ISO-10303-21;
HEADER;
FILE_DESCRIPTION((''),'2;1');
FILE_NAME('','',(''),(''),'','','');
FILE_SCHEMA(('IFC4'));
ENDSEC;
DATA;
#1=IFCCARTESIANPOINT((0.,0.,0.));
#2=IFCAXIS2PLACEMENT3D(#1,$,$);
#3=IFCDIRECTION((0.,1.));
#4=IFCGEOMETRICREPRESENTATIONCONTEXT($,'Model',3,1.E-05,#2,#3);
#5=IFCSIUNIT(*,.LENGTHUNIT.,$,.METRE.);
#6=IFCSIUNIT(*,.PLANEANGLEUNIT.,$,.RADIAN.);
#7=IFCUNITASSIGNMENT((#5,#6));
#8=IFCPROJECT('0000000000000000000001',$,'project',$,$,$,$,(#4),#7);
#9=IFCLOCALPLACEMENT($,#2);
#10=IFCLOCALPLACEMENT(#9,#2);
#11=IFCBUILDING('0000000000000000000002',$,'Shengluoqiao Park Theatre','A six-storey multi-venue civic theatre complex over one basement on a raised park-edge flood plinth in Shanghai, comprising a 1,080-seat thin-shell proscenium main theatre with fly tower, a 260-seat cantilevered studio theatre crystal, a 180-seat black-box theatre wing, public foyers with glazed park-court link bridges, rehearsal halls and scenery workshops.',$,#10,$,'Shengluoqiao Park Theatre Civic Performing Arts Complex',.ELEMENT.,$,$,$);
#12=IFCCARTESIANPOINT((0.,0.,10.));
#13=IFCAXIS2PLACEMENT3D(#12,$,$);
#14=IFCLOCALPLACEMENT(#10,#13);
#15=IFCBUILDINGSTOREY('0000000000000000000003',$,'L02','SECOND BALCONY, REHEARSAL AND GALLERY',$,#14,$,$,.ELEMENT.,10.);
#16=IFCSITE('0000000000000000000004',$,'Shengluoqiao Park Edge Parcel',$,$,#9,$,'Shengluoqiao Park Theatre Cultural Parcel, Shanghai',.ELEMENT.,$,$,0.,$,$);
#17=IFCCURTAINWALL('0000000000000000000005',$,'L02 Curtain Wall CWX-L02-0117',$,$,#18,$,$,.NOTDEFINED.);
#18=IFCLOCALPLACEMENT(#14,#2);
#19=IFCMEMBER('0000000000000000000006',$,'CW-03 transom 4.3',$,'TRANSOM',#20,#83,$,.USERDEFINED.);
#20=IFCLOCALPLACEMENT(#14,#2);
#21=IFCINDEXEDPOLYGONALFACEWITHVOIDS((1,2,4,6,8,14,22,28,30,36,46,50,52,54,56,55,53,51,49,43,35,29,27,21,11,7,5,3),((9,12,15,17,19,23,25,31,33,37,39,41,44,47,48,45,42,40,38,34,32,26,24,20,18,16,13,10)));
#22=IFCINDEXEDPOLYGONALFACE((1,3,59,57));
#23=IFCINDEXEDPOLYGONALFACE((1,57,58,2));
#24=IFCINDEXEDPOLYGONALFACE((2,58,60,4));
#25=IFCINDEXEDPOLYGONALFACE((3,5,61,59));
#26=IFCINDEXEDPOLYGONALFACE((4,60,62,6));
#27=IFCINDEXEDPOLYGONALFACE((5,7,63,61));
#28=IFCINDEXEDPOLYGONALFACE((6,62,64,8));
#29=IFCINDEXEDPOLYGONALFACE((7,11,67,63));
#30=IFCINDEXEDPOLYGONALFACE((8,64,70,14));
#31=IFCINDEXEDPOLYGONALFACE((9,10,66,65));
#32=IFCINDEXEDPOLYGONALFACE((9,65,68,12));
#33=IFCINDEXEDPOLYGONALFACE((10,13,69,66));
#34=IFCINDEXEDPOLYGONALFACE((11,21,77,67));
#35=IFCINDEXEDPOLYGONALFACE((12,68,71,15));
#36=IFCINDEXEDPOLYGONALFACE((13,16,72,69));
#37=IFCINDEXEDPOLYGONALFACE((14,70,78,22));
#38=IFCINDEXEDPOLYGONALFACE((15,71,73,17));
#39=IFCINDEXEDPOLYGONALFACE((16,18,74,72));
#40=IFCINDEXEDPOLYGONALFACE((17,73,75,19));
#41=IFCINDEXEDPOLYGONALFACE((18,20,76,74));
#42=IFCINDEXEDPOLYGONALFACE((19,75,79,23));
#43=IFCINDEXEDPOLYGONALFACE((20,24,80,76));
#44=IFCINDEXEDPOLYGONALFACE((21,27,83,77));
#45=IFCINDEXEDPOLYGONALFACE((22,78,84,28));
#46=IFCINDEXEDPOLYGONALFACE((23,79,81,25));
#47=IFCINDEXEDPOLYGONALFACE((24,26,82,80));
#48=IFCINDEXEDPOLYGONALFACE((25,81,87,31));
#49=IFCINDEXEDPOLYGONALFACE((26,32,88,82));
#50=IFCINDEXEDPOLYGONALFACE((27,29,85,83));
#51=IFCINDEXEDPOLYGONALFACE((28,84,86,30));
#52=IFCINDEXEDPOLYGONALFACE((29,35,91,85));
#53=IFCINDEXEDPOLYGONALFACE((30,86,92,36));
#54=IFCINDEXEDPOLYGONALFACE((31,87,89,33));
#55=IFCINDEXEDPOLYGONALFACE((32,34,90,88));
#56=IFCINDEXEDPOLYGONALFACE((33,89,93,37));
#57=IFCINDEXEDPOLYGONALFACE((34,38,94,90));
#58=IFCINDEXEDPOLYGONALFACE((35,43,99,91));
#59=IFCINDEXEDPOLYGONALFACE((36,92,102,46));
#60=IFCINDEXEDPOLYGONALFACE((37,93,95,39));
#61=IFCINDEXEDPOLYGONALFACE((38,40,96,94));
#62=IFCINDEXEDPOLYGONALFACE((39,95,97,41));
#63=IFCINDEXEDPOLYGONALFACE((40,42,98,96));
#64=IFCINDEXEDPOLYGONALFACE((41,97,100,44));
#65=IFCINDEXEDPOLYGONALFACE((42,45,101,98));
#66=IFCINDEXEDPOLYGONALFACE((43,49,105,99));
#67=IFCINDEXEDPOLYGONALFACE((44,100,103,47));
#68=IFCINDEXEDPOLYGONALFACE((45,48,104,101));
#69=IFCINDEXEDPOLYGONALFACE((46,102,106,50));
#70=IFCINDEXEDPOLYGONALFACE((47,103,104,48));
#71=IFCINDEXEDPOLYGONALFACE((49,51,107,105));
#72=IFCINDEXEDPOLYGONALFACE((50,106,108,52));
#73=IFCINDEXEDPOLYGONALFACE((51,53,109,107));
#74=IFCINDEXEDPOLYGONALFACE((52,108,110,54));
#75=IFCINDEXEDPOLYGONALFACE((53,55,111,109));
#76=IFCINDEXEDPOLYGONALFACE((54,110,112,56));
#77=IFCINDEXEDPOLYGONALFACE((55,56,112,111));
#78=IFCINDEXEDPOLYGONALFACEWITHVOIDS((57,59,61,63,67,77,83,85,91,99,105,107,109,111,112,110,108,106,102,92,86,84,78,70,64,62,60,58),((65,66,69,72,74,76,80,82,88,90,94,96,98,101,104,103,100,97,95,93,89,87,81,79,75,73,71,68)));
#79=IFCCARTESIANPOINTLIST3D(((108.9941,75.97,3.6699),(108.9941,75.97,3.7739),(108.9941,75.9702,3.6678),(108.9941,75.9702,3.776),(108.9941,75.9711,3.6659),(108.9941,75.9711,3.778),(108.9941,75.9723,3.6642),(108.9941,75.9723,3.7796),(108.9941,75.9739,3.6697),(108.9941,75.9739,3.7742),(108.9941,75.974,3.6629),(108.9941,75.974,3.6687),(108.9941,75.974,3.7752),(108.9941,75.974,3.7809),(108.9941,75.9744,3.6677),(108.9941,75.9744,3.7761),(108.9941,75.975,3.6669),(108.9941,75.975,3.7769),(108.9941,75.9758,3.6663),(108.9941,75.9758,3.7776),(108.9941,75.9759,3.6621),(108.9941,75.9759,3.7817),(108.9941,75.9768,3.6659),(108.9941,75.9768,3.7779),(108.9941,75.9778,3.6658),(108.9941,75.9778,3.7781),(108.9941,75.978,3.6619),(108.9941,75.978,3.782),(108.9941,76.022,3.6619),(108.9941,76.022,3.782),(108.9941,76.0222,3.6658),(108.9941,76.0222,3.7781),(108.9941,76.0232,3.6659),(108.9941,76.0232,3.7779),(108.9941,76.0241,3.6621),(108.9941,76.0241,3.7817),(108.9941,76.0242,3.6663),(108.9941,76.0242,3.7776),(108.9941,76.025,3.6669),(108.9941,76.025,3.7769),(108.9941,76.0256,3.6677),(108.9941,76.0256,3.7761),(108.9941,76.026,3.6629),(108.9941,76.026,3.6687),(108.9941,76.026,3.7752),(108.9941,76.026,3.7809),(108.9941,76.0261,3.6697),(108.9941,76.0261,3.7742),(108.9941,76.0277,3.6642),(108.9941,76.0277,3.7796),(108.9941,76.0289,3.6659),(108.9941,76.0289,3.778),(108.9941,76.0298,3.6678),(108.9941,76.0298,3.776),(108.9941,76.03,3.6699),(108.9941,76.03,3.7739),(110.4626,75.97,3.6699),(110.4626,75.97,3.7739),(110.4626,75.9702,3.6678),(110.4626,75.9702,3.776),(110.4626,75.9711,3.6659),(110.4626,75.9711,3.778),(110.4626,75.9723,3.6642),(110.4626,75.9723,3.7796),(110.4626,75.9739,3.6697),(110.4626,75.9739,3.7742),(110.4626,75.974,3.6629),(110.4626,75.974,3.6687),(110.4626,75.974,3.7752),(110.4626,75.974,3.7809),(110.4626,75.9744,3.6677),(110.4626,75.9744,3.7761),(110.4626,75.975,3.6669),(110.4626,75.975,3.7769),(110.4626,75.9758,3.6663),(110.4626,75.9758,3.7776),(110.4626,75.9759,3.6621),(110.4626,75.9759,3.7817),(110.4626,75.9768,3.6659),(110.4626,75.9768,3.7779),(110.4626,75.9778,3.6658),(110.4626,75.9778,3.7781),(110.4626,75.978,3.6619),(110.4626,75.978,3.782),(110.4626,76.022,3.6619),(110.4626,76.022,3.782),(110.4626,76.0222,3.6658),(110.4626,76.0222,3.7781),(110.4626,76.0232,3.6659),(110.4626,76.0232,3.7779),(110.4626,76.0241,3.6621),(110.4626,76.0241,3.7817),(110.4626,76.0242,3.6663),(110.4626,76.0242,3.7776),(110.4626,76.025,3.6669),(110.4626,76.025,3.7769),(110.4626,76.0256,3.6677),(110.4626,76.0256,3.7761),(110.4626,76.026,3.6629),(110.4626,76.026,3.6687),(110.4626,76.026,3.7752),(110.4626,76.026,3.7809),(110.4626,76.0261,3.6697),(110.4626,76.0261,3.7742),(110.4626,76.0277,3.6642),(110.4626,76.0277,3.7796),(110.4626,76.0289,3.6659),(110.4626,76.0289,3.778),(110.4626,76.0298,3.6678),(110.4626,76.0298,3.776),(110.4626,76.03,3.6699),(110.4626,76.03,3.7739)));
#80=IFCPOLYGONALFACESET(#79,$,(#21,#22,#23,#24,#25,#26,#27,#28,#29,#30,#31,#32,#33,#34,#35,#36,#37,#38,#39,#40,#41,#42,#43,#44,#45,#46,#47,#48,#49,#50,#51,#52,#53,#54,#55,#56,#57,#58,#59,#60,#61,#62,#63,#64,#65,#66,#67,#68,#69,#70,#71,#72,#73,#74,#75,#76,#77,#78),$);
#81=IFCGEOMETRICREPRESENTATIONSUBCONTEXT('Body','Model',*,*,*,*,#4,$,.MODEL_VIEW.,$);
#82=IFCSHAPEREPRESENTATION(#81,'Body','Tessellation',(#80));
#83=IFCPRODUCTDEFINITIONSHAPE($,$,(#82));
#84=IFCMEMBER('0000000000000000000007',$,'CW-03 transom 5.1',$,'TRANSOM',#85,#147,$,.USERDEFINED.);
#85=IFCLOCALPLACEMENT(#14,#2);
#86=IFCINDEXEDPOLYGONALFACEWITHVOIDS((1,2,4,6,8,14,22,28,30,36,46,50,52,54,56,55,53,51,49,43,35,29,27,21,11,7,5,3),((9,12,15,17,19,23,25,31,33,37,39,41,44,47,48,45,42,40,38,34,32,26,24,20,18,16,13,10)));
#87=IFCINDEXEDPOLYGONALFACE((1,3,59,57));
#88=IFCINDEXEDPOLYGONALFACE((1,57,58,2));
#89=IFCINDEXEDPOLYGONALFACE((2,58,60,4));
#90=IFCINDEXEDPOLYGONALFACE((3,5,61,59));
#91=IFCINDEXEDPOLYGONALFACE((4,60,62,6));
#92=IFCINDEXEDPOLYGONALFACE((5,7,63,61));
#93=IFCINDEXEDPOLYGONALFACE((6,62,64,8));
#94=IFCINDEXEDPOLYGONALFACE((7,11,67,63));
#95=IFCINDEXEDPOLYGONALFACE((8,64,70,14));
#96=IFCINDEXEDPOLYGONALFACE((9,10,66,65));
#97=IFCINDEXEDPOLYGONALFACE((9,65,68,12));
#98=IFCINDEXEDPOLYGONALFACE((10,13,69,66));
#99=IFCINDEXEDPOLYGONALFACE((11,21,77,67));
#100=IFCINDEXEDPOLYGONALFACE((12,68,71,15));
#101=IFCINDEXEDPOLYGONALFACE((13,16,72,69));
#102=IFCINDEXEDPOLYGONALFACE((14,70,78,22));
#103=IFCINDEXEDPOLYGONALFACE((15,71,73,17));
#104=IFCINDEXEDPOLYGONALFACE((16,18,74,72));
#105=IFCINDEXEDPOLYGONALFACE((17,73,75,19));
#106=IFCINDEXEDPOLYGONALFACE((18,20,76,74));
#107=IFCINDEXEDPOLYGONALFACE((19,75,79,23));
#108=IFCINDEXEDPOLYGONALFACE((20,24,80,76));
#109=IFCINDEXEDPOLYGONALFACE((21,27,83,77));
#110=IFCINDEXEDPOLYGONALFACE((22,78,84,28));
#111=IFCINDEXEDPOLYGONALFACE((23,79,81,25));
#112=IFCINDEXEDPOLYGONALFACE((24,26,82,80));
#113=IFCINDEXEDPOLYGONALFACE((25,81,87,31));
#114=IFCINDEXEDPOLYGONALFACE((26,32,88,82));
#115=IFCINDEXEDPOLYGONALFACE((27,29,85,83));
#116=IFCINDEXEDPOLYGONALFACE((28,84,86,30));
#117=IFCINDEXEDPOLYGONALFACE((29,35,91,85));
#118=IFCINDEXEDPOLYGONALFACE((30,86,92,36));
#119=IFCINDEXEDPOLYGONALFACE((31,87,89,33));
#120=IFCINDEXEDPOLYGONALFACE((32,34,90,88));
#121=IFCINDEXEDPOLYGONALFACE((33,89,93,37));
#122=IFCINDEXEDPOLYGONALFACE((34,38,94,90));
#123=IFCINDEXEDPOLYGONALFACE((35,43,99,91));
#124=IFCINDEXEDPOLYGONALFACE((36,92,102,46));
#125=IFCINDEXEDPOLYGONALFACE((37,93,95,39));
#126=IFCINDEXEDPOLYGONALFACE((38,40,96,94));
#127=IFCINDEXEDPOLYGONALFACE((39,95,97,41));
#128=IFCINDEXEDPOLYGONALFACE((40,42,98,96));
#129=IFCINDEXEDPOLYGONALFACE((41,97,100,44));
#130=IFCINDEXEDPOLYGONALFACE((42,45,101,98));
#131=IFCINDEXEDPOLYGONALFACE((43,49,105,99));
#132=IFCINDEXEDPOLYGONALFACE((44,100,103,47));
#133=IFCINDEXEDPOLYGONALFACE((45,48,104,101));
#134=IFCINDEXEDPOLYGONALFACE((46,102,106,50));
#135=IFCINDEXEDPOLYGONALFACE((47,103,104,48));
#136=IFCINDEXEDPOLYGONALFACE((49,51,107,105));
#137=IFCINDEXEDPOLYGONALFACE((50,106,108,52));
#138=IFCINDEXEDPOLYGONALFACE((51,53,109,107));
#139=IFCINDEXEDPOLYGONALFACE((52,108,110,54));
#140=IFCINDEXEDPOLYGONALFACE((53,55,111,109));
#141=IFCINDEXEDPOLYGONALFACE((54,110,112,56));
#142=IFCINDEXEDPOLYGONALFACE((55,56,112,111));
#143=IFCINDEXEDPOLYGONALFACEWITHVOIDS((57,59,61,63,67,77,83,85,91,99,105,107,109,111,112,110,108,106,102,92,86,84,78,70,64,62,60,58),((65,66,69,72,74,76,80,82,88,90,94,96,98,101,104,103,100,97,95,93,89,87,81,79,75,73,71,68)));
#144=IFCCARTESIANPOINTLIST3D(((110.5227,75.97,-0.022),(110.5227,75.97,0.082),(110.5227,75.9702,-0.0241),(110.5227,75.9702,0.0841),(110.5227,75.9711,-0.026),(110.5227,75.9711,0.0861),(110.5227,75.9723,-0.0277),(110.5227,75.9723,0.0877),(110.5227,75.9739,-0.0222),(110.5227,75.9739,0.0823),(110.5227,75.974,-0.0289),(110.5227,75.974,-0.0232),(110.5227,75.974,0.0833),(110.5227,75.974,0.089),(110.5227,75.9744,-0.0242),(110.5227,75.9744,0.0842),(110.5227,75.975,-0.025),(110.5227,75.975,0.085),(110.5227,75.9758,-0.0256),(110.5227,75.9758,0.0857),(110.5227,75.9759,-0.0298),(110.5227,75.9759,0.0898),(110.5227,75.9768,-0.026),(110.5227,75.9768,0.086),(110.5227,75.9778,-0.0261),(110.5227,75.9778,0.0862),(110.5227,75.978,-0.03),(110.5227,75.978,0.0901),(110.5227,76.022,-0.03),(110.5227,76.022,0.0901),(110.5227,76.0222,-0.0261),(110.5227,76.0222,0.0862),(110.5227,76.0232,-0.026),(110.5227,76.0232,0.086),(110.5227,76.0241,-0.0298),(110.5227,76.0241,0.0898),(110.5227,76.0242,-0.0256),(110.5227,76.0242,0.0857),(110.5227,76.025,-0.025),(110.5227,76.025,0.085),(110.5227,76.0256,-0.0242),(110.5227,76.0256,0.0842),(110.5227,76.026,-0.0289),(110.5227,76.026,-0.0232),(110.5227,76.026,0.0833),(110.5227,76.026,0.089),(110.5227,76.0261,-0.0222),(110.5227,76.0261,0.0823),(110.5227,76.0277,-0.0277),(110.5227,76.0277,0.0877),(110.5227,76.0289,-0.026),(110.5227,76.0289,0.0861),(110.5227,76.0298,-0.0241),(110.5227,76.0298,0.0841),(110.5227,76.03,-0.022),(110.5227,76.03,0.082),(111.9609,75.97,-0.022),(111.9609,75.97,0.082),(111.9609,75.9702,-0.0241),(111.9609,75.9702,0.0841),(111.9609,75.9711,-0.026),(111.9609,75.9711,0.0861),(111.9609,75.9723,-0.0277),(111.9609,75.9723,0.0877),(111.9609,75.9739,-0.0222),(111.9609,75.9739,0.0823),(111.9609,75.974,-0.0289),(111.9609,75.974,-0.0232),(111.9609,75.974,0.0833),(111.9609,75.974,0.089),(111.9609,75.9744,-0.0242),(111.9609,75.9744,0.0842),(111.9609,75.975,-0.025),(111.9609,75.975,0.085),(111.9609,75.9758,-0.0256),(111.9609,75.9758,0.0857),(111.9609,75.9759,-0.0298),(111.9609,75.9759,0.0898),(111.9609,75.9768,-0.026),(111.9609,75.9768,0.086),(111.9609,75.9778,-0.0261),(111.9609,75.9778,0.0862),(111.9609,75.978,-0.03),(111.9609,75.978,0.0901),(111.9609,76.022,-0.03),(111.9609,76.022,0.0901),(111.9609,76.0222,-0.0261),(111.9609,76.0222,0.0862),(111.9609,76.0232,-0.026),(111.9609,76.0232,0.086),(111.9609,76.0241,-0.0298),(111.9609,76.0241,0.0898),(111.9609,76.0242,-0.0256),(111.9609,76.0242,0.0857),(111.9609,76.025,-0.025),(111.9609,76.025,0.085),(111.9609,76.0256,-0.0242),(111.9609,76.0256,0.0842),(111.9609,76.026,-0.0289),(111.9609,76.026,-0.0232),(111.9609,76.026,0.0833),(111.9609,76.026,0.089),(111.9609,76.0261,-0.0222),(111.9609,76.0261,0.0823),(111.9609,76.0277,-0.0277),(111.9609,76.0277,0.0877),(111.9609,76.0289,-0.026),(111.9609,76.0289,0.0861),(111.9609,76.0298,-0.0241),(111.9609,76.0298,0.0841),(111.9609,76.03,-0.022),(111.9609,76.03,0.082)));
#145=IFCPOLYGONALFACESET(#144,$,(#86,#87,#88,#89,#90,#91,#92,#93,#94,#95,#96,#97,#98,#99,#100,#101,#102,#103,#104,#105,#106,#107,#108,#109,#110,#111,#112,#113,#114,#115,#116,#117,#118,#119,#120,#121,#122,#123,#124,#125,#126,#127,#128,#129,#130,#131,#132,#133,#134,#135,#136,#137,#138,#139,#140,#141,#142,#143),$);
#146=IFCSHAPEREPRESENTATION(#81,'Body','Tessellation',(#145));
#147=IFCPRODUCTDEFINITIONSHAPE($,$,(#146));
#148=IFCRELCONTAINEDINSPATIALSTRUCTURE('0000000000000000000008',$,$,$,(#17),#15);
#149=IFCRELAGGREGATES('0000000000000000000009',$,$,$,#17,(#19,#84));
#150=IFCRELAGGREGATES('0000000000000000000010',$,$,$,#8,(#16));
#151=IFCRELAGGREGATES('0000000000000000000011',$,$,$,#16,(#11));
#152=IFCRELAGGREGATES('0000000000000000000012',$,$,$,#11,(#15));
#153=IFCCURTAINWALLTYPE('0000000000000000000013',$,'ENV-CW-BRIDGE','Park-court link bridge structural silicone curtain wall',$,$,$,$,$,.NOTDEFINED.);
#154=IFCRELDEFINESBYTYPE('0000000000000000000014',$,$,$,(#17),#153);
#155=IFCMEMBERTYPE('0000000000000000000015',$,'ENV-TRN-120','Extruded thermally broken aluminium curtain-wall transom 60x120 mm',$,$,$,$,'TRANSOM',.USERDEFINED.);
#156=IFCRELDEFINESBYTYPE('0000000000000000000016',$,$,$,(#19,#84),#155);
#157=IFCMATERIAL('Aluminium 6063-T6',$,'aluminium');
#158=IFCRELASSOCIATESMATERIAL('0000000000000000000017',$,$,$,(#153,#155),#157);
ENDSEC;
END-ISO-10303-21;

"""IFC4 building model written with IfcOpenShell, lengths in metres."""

from ifc_helpers import new_model, si_unit, direction, frame, origin, origin_2d, place, context, subcontext, project, spatial, hollow_rectangle, extrude, material, material_profile, profile_set, type_object, element, aggregate, save


model = new_model("IFC4")

# Units and contexts
model_context = context("Model", 3, precision=1e-05, world=origin(), true_north=direction((0.0, 1.0)))
body_context = subcontext(model_context, "Body", "Model", "MODEL_VIEW")
ifc_project = project(units=[si_unit("LENGTHUNIT", "METRE"), si_unit("PLANEANGLEUNIT", "RADIAN")], contexts=[model_context])

# Site, building, storey
site_placement = place(None, origin())
site = spatial("IfcSite", under=ifc_project, at=site_placement, Name="Shengluoqiao Park Edge Parcel", LongName="Shengluoqiao Park Theatre Cultural Parcel, Shanghai", CompositionType="ELEMENT", RefElevation=0.0)
building_placement = place(site_placement, origin())
building = spatial("IfcBuilding", under=site, at=building_placement, Name="Shengluoqiao Park Theatre", Description="A six-storey multi-venue civic theatre complex over one basement on a raised park-edge flood plinth in Shanghai, comprising a 1,080-seat thin-shell proscenium main theatre with fly tower, a 260-seat cantilevered studio theatre crystal, a 180-seat black-box theatre wing, public foyers with glazed park-court link bridges, rehearsal halls and scenery workshops.", LongName="Shengluoqiao Park Theatre Civic Performing Arts Complex", CompositionType="ELEMENT")
storey_placement = place(building_placement, frame((0.0, 0.0, 10.0)))
storey = spatial("IfcBuildingStorey", under=building, at=storey_placement, Name="L02", Description="SECOND BALCONY, REHEARSAL AND GALLERY", CompositionType="ELEMENT", Elevation=10.0)

# Curtain wall
ifc_material_1 = material(Name="Aluminium 6063-T6", Category="aluminium")
curtain_wall_type = type_object("IfcCurtainWallType", Name="ENV-CW-BRIDGE", Description="Park-court link bridge structural silicone curtain wall", PredefinedType="NOTDEFINED", material=ifc_material_1)
curtain_wall_1_placement = place(storey_placement, origin())
curtain_wall_1 = element("IfcCurtainWall", 1, at=curtain_wall_1_placement, inside=storey, type_object=curtain_wall_type, Name="L02 Curtain Wall CWX-L02-0117", PredefinedType="NOTDEFINED")

# Members
ifc_material_profile_1 = material_profile(ifc_material_1, hollow_rectangle(XDim=0.0601, YDim=0.1201, WallThickness=0.0039, InnerFilletRadius=0.0039, OuterFilletRadius=0.0081, at=origin_2d()), Name="ALU TRANSOM 120x60x4")
ifc_profile_set_1 = profile_set([ifc_material_profile_1], Name="Aluminium 6063-T6")
member_type_1 = type_object("IfcMemberType", Name="ENV-TRN-120", Description="Extruded thermally broken aluminium curtain-wall transom 60x120 mm", ElementType="TRANSOM", PredefinedType="USERDEFINED", material=ifc_profile_set_1)
member_1_placement = place(storey_placement, frame((108.9941, 76.0, 3.7219), z_axis=(1.0, 0.0, 0.0), x_axis=(0.0, 1.0, 0.0)))
member_1 = element("IfcMember", 2, at=member_1_placement, type_object=member_type_1, Name="CW-03 transom 4.3", ObjectType="TRANSOM", PredefinedType="USERDEFINED", context=body_context, shape_type="SweptSolid", body=[
    extrude(hollow_rectangle(XDim=0.0601, YDim=0.1201, WallThickness=0.0039, InnerFilletRadius=0.0039, OuterFilletRadius=0.0081, at=origin_2d()), origin(), (0.0, 0.0, 1.0), 1.4685),
])
member_2_placement = place(storey_placement, frame((110.5227, 76.0, 0.03), z_axis=(1.0, 0.0, 0.0), x_axis=(0.0, 1.0, 0.0)))
member_2 = element("IfcMember", 3, at=member_2_placement, type_object=member_type_1, Name="CW-03 transom 5.1", ObjectType="TRANSOM", PredefinedType="USERDEFINED", context=body_context, shape_type="SweptSolid", body=[
    extrude(hollow_rectangle(XDim=0.0601, YDim=0.1201, WallThickness=0.0039, InnerFilletRadius=0.0039, OuterFilletRadius=0.0081, at=origin_2d()), origin(), (0.0, 0.0, 1.0), 1.4382),
])

aggregate(curtain_wall_1, [member_1, member_2])

save(model, "model.ifc")
